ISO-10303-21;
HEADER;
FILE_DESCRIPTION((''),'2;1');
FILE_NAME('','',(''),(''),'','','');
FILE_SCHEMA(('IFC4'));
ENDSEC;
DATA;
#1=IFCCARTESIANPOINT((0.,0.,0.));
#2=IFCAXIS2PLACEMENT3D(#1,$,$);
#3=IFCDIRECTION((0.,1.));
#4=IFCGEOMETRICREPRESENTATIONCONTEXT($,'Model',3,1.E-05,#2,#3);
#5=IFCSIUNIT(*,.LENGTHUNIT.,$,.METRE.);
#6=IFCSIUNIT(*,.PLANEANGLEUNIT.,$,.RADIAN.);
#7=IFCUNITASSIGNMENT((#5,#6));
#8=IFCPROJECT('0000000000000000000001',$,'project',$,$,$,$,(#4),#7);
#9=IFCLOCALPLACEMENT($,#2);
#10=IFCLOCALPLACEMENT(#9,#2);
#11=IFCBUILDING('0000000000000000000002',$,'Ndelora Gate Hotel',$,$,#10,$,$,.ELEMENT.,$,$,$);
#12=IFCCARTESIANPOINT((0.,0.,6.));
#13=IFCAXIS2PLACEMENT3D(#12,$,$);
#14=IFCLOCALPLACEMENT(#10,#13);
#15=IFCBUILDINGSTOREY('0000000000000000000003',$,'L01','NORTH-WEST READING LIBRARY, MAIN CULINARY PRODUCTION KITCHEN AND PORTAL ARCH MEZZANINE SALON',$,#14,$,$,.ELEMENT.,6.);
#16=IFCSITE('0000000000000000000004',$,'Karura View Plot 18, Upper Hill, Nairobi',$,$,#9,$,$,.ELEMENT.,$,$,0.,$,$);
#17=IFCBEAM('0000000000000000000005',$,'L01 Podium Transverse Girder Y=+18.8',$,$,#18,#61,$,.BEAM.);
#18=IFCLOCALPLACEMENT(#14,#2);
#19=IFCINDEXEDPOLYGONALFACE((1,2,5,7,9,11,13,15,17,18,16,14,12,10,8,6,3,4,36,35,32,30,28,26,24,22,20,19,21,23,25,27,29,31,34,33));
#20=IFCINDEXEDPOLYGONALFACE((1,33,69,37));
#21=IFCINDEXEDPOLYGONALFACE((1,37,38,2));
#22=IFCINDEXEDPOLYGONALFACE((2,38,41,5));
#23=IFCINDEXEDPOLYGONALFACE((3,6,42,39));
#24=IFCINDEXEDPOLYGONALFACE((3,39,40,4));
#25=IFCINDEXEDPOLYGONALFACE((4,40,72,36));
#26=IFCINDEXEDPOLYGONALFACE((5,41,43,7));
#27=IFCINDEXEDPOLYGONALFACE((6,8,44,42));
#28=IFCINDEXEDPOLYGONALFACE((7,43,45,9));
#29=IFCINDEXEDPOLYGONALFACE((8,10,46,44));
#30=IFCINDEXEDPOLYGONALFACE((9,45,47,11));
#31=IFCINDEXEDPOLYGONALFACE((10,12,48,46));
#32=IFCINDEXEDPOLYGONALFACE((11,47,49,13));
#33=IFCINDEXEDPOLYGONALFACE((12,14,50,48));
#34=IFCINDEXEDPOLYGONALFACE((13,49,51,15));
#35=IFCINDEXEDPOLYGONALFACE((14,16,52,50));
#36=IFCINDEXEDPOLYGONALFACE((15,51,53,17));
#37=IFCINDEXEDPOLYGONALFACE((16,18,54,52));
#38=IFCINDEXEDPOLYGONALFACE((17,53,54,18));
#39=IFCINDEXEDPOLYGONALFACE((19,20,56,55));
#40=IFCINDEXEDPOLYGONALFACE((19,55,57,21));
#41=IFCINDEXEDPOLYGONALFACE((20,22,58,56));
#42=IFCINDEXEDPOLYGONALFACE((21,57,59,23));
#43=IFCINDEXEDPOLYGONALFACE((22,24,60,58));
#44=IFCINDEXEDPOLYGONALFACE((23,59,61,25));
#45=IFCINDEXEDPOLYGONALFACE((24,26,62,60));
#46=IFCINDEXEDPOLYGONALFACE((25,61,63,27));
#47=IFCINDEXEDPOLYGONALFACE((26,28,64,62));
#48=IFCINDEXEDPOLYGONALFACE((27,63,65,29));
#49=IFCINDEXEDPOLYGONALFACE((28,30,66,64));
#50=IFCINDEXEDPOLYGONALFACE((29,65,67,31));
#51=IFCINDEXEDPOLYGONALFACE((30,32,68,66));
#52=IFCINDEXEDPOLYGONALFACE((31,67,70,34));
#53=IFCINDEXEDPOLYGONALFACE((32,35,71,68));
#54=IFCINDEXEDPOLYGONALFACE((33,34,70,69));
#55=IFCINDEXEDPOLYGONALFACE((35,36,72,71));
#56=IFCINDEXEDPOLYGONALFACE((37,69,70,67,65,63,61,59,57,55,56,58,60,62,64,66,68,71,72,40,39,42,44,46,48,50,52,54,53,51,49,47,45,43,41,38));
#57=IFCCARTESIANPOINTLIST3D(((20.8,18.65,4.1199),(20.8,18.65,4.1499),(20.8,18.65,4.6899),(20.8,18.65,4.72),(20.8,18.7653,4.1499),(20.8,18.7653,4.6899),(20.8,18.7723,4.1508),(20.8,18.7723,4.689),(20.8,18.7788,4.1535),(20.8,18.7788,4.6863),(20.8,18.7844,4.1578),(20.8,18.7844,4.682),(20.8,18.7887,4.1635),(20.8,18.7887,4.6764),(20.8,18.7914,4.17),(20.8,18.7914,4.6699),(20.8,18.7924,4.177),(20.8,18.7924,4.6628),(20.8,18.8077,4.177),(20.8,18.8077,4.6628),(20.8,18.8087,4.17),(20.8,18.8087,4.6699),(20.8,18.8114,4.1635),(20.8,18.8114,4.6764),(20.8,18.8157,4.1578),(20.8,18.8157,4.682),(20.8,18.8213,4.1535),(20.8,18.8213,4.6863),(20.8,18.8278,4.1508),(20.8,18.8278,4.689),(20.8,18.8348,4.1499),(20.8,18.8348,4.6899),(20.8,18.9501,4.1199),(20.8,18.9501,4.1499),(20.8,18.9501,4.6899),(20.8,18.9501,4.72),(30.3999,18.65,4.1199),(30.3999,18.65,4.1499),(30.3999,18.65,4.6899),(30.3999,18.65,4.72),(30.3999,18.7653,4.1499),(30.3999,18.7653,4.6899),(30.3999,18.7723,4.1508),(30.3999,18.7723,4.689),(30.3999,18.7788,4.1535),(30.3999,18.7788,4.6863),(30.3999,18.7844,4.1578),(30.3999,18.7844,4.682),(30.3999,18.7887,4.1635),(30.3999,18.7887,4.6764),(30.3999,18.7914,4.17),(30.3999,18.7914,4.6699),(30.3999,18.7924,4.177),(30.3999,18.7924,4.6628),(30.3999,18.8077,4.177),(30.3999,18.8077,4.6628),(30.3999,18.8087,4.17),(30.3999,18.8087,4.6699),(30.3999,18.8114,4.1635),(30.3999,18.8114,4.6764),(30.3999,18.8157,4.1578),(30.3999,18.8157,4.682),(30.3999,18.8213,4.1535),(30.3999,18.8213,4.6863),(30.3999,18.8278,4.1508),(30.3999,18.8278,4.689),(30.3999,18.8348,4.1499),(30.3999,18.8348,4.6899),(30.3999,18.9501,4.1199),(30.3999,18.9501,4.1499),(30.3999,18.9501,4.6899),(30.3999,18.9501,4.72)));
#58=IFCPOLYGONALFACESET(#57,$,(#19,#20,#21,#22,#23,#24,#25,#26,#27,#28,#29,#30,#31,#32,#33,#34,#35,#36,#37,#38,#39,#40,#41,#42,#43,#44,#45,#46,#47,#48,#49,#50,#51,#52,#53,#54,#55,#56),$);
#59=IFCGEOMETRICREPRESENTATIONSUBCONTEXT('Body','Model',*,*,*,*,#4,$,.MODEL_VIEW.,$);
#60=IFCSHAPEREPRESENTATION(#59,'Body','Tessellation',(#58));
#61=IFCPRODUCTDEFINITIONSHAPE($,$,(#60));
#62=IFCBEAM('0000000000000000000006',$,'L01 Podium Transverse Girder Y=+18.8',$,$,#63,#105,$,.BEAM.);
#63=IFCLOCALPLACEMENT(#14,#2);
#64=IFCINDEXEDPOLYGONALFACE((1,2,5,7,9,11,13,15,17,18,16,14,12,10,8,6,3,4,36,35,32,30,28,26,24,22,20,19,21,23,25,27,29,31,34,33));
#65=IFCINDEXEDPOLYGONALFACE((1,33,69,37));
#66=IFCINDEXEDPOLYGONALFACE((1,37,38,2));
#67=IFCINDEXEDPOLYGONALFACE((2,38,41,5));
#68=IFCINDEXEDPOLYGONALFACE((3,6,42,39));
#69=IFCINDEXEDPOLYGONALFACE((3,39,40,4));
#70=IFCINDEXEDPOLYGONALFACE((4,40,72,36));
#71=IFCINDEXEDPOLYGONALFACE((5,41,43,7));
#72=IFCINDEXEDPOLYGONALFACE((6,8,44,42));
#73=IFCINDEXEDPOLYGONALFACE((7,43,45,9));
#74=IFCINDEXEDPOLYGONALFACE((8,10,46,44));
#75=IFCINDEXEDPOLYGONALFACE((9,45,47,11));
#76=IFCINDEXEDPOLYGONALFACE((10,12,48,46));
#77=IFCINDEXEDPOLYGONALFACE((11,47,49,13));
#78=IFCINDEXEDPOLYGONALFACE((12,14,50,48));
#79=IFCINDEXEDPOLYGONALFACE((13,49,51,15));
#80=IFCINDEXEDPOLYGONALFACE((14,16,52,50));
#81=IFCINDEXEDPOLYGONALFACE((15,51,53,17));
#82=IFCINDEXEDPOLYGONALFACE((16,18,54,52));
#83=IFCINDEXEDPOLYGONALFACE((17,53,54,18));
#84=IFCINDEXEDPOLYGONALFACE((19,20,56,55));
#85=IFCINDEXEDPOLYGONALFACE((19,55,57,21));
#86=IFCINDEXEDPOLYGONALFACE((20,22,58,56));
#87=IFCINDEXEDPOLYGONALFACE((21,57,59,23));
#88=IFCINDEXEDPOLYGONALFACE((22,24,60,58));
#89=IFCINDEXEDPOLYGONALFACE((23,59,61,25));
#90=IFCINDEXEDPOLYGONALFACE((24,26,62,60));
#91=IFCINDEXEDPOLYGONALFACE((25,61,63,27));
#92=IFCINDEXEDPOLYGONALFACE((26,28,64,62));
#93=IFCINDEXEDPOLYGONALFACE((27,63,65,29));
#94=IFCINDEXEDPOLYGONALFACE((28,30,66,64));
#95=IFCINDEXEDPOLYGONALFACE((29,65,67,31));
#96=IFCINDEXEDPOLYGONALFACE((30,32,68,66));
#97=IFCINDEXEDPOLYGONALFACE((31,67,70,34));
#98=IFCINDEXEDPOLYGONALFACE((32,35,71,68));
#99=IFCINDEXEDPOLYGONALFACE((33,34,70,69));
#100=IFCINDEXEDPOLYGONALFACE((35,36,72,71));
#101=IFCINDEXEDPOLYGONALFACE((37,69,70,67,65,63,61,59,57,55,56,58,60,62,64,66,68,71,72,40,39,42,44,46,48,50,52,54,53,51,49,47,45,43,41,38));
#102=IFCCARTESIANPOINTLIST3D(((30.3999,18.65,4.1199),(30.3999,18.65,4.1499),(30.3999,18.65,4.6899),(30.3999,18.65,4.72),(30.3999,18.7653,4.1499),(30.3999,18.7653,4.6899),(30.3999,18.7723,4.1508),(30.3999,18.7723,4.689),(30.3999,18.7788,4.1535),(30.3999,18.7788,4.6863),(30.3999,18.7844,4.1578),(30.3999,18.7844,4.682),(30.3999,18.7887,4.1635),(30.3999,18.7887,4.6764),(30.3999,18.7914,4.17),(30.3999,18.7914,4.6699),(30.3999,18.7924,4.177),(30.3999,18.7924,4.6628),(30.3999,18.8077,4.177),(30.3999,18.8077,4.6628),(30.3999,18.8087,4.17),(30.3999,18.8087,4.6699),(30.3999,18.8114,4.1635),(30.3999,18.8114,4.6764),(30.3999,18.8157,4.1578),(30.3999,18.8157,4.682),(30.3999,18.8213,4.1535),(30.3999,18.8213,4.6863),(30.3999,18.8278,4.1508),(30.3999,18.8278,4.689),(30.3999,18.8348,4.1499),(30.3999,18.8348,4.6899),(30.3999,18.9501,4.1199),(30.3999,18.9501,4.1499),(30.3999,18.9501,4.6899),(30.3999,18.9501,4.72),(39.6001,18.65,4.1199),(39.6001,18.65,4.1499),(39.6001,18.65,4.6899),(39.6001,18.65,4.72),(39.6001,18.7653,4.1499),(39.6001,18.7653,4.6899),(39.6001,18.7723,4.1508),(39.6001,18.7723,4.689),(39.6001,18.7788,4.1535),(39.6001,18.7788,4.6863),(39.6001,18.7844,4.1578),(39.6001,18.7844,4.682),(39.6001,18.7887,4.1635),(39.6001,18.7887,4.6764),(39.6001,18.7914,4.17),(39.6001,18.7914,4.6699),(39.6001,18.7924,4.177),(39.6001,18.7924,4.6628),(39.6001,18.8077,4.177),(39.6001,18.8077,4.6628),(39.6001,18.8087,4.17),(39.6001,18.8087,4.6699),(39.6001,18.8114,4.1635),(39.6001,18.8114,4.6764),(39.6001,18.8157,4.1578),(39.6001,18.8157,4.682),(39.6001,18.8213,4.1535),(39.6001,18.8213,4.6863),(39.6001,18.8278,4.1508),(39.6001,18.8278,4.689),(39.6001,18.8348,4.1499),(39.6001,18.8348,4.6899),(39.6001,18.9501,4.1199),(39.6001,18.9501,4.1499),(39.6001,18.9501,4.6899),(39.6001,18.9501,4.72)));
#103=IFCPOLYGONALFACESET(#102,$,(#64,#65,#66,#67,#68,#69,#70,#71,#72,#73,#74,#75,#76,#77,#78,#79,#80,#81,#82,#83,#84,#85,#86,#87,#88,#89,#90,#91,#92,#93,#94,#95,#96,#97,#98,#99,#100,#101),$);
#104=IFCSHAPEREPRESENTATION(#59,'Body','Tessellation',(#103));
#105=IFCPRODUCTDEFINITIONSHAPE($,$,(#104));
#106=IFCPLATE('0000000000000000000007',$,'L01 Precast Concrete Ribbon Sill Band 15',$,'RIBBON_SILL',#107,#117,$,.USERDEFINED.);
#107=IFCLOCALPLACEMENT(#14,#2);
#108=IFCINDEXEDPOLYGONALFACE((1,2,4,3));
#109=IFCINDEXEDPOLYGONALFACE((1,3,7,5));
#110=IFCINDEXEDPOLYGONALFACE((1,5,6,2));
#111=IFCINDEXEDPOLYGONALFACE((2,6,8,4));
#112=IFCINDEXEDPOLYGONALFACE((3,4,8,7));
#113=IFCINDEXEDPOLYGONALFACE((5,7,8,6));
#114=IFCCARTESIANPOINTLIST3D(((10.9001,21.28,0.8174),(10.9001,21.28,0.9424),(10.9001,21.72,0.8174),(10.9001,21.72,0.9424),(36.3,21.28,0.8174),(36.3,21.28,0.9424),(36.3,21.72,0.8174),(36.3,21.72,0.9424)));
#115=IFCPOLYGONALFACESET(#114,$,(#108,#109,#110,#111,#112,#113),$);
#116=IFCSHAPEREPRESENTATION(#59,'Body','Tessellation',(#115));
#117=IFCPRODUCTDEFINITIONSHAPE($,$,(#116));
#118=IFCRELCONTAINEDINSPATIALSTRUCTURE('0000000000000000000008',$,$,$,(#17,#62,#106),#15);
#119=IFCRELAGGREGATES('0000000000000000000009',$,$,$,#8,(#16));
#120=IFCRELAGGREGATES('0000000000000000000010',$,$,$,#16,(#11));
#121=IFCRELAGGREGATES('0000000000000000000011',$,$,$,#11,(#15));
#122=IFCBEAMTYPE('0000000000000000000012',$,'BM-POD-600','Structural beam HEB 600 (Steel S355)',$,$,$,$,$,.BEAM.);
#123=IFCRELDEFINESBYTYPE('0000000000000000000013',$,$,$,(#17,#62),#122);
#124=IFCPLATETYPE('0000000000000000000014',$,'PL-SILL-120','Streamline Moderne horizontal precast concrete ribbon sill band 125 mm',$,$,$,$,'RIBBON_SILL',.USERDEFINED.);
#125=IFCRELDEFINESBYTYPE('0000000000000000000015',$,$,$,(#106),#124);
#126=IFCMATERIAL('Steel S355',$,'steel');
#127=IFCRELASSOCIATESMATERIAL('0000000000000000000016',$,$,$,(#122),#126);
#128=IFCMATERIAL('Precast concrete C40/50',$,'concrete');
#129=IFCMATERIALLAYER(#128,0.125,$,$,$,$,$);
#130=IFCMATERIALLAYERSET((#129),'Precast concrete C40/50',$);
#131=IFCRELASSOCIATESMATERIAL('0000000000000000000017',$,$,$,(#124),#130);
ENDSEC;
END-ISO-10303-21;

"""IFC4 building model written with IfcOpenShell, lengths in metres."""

from ifc_helpers import new_model, si_unit, direction, frame, origin, origin_2d, place, context, subcontext, project, spatial, rectangle, i_section, extrude, material, layer, layer_set, material_profile, profile_set, type_object, element, save


model = new_model("IFC4")

# Units and contexts
model_context = context("Model", 3, precision=1e-05, world=origin(), true_north=direction((0.0, 1.0)))
body_context = subcontext(model_context, "Body", "Model", "MODEL_VIEW")
ifc_project = project(units=[si_unit("LENGTHUNIT", "METRE"), si_unit("PLANEANGLEUNIT", "RADIAN")], contexts=[model_context])

# Site, building, storey
site_placement = place(None, origin())
site = spatial("IfcSite", under=ifc_project, at=site_placement, Name="Karura View Plot 18, Upper Hill, Nairobi", CompositionType="ELEMENT", RefElevation=0.0)
building_placement = place(site_placement, origin())
building = spatial("IfcBuilding", under=site, at=building_placement, Name="Ndelora Gate Hotel", CompositionType="ELEMENT")
storey_placement = place(building_placement, frame((0.0, 0.0, 6.0)))
storey = spatial("IfcBuildingStorey", under=building, at=storey_placement, Name="L01", Description="NORTH-WEST READING LIBRARY, MAIN CULINARY PRODUCTION KITCHEN AND PORTAL ARCH MEZZANINE SALON", CompositionType="ELEMENT", Elevation=6.0)

# Beams
ifc_material_1 = material(Name="Steel S355", Category="steel")
ifc_material_profile_1 = material_profile(ifc_material_1, i_section(OverallWidth=0.3, OverallDepth=0.6001, WebThickness=0.0154, FlangeThickness=0.03, FilletRadius=0.0271, at=origin_2d()), Name="HEB 600")
ifc_profile_set_1 = profile_set([ifc_material_profile_1], Name="Steel S355")
beam_type_1 = type_object("IfcBeamType", Name="BM-POD-600", Description="Structural beam HEB 600 (Steel S355)", PredefinedType="BEAM", material=ifc_profile_set_1)
beam_1_placement = place(storey_placement, frame((20.8, 18.8, 4.4199), z_axis=(1.0, 0.0, 0.0), x_axis=(0.0, 1.0, 0.0)))
element("IfcBeam", 1, at=beam_1_placement, inside=storey, type_object=beam_type_1, Name="L01 Podium Transverse Girder Y=+18.8", PredefinedType="BEAM", context=body_context, shape_type="SweptSolid", body=[
    extrude(i_section(OverallWidth=0.3, OverallDepth=0.6001, WebThickness=0.0154, FlangeThickness=0.03, FilletRadius=0.0271, at=origin_2d()), origin(), (0.0, 0.0, 1.0), 9.5999),
])
beam_2_placement = place(storey_placement, frame((30.3999, 18.8, 4.4199), z_axis=(1.0, 0.0, 0.0), x_axis=(0.0, 1.0, 0.0)))
element("IfcBeam", 2, at=beam_2_placement, inside=storey, type_object=beam_type_1, Name="L01 Podium Transverse Girder Y=+18.8", PredefinedType="BEAM", context=body_context, shape_type="SweptSolid", body=[
    extrude(i_section(OverallWidth=0.3, OverallDepth=0.6001, WebThickness=0.0154, FlangeThickness=0.03, FilletRadius=0.0271, at=origin_2d()), origin(), (0.0, 0.0, 1.0), 9.2002),
])

# Plate
ifc_material_2 = material(Name="Precast concrete C40/50", Category="concrete")
ifc_layer_1 = layer(ifc_material_2, 0.125)
ifc_layer_set_1 = layer_set([ifc_layer_1], Name="Precast concrete C40/50")
plate_type = type_object("IfcPlateType", Name="PL-SILL-120", Description="Streamline Moderne horizontal precast concrete ribbon sill band 125 mm", ElementType="RIBBON_SILL", PredefinedType="USERDEFINED", material=ifc_layer_set_1)
plate_placement = place(storey_placement, frame((23.6001, 21.5, 0.8174), z_axis=(0.0, 0.0, 1.0), x_axis=(1.0, 0.0, 0.0)))
element("IfcPlate", 3, at=plate_placement, inside=storey, type_object=plate_type, Name="L01 Precast Concrete Ribbon Sill Band 15", ObjectType="RIBBON_SILL", PredefinedType="USERDEFINED", context=body_context, shape_type="SweptSolid", body=[
    extrude(rectangle(XDim=25.3999, YDim=0.4399, at=origin_2d()), origin(), (0.0, 0.0, 1.0), 0.125),
])

save(model, "model.ifc")
